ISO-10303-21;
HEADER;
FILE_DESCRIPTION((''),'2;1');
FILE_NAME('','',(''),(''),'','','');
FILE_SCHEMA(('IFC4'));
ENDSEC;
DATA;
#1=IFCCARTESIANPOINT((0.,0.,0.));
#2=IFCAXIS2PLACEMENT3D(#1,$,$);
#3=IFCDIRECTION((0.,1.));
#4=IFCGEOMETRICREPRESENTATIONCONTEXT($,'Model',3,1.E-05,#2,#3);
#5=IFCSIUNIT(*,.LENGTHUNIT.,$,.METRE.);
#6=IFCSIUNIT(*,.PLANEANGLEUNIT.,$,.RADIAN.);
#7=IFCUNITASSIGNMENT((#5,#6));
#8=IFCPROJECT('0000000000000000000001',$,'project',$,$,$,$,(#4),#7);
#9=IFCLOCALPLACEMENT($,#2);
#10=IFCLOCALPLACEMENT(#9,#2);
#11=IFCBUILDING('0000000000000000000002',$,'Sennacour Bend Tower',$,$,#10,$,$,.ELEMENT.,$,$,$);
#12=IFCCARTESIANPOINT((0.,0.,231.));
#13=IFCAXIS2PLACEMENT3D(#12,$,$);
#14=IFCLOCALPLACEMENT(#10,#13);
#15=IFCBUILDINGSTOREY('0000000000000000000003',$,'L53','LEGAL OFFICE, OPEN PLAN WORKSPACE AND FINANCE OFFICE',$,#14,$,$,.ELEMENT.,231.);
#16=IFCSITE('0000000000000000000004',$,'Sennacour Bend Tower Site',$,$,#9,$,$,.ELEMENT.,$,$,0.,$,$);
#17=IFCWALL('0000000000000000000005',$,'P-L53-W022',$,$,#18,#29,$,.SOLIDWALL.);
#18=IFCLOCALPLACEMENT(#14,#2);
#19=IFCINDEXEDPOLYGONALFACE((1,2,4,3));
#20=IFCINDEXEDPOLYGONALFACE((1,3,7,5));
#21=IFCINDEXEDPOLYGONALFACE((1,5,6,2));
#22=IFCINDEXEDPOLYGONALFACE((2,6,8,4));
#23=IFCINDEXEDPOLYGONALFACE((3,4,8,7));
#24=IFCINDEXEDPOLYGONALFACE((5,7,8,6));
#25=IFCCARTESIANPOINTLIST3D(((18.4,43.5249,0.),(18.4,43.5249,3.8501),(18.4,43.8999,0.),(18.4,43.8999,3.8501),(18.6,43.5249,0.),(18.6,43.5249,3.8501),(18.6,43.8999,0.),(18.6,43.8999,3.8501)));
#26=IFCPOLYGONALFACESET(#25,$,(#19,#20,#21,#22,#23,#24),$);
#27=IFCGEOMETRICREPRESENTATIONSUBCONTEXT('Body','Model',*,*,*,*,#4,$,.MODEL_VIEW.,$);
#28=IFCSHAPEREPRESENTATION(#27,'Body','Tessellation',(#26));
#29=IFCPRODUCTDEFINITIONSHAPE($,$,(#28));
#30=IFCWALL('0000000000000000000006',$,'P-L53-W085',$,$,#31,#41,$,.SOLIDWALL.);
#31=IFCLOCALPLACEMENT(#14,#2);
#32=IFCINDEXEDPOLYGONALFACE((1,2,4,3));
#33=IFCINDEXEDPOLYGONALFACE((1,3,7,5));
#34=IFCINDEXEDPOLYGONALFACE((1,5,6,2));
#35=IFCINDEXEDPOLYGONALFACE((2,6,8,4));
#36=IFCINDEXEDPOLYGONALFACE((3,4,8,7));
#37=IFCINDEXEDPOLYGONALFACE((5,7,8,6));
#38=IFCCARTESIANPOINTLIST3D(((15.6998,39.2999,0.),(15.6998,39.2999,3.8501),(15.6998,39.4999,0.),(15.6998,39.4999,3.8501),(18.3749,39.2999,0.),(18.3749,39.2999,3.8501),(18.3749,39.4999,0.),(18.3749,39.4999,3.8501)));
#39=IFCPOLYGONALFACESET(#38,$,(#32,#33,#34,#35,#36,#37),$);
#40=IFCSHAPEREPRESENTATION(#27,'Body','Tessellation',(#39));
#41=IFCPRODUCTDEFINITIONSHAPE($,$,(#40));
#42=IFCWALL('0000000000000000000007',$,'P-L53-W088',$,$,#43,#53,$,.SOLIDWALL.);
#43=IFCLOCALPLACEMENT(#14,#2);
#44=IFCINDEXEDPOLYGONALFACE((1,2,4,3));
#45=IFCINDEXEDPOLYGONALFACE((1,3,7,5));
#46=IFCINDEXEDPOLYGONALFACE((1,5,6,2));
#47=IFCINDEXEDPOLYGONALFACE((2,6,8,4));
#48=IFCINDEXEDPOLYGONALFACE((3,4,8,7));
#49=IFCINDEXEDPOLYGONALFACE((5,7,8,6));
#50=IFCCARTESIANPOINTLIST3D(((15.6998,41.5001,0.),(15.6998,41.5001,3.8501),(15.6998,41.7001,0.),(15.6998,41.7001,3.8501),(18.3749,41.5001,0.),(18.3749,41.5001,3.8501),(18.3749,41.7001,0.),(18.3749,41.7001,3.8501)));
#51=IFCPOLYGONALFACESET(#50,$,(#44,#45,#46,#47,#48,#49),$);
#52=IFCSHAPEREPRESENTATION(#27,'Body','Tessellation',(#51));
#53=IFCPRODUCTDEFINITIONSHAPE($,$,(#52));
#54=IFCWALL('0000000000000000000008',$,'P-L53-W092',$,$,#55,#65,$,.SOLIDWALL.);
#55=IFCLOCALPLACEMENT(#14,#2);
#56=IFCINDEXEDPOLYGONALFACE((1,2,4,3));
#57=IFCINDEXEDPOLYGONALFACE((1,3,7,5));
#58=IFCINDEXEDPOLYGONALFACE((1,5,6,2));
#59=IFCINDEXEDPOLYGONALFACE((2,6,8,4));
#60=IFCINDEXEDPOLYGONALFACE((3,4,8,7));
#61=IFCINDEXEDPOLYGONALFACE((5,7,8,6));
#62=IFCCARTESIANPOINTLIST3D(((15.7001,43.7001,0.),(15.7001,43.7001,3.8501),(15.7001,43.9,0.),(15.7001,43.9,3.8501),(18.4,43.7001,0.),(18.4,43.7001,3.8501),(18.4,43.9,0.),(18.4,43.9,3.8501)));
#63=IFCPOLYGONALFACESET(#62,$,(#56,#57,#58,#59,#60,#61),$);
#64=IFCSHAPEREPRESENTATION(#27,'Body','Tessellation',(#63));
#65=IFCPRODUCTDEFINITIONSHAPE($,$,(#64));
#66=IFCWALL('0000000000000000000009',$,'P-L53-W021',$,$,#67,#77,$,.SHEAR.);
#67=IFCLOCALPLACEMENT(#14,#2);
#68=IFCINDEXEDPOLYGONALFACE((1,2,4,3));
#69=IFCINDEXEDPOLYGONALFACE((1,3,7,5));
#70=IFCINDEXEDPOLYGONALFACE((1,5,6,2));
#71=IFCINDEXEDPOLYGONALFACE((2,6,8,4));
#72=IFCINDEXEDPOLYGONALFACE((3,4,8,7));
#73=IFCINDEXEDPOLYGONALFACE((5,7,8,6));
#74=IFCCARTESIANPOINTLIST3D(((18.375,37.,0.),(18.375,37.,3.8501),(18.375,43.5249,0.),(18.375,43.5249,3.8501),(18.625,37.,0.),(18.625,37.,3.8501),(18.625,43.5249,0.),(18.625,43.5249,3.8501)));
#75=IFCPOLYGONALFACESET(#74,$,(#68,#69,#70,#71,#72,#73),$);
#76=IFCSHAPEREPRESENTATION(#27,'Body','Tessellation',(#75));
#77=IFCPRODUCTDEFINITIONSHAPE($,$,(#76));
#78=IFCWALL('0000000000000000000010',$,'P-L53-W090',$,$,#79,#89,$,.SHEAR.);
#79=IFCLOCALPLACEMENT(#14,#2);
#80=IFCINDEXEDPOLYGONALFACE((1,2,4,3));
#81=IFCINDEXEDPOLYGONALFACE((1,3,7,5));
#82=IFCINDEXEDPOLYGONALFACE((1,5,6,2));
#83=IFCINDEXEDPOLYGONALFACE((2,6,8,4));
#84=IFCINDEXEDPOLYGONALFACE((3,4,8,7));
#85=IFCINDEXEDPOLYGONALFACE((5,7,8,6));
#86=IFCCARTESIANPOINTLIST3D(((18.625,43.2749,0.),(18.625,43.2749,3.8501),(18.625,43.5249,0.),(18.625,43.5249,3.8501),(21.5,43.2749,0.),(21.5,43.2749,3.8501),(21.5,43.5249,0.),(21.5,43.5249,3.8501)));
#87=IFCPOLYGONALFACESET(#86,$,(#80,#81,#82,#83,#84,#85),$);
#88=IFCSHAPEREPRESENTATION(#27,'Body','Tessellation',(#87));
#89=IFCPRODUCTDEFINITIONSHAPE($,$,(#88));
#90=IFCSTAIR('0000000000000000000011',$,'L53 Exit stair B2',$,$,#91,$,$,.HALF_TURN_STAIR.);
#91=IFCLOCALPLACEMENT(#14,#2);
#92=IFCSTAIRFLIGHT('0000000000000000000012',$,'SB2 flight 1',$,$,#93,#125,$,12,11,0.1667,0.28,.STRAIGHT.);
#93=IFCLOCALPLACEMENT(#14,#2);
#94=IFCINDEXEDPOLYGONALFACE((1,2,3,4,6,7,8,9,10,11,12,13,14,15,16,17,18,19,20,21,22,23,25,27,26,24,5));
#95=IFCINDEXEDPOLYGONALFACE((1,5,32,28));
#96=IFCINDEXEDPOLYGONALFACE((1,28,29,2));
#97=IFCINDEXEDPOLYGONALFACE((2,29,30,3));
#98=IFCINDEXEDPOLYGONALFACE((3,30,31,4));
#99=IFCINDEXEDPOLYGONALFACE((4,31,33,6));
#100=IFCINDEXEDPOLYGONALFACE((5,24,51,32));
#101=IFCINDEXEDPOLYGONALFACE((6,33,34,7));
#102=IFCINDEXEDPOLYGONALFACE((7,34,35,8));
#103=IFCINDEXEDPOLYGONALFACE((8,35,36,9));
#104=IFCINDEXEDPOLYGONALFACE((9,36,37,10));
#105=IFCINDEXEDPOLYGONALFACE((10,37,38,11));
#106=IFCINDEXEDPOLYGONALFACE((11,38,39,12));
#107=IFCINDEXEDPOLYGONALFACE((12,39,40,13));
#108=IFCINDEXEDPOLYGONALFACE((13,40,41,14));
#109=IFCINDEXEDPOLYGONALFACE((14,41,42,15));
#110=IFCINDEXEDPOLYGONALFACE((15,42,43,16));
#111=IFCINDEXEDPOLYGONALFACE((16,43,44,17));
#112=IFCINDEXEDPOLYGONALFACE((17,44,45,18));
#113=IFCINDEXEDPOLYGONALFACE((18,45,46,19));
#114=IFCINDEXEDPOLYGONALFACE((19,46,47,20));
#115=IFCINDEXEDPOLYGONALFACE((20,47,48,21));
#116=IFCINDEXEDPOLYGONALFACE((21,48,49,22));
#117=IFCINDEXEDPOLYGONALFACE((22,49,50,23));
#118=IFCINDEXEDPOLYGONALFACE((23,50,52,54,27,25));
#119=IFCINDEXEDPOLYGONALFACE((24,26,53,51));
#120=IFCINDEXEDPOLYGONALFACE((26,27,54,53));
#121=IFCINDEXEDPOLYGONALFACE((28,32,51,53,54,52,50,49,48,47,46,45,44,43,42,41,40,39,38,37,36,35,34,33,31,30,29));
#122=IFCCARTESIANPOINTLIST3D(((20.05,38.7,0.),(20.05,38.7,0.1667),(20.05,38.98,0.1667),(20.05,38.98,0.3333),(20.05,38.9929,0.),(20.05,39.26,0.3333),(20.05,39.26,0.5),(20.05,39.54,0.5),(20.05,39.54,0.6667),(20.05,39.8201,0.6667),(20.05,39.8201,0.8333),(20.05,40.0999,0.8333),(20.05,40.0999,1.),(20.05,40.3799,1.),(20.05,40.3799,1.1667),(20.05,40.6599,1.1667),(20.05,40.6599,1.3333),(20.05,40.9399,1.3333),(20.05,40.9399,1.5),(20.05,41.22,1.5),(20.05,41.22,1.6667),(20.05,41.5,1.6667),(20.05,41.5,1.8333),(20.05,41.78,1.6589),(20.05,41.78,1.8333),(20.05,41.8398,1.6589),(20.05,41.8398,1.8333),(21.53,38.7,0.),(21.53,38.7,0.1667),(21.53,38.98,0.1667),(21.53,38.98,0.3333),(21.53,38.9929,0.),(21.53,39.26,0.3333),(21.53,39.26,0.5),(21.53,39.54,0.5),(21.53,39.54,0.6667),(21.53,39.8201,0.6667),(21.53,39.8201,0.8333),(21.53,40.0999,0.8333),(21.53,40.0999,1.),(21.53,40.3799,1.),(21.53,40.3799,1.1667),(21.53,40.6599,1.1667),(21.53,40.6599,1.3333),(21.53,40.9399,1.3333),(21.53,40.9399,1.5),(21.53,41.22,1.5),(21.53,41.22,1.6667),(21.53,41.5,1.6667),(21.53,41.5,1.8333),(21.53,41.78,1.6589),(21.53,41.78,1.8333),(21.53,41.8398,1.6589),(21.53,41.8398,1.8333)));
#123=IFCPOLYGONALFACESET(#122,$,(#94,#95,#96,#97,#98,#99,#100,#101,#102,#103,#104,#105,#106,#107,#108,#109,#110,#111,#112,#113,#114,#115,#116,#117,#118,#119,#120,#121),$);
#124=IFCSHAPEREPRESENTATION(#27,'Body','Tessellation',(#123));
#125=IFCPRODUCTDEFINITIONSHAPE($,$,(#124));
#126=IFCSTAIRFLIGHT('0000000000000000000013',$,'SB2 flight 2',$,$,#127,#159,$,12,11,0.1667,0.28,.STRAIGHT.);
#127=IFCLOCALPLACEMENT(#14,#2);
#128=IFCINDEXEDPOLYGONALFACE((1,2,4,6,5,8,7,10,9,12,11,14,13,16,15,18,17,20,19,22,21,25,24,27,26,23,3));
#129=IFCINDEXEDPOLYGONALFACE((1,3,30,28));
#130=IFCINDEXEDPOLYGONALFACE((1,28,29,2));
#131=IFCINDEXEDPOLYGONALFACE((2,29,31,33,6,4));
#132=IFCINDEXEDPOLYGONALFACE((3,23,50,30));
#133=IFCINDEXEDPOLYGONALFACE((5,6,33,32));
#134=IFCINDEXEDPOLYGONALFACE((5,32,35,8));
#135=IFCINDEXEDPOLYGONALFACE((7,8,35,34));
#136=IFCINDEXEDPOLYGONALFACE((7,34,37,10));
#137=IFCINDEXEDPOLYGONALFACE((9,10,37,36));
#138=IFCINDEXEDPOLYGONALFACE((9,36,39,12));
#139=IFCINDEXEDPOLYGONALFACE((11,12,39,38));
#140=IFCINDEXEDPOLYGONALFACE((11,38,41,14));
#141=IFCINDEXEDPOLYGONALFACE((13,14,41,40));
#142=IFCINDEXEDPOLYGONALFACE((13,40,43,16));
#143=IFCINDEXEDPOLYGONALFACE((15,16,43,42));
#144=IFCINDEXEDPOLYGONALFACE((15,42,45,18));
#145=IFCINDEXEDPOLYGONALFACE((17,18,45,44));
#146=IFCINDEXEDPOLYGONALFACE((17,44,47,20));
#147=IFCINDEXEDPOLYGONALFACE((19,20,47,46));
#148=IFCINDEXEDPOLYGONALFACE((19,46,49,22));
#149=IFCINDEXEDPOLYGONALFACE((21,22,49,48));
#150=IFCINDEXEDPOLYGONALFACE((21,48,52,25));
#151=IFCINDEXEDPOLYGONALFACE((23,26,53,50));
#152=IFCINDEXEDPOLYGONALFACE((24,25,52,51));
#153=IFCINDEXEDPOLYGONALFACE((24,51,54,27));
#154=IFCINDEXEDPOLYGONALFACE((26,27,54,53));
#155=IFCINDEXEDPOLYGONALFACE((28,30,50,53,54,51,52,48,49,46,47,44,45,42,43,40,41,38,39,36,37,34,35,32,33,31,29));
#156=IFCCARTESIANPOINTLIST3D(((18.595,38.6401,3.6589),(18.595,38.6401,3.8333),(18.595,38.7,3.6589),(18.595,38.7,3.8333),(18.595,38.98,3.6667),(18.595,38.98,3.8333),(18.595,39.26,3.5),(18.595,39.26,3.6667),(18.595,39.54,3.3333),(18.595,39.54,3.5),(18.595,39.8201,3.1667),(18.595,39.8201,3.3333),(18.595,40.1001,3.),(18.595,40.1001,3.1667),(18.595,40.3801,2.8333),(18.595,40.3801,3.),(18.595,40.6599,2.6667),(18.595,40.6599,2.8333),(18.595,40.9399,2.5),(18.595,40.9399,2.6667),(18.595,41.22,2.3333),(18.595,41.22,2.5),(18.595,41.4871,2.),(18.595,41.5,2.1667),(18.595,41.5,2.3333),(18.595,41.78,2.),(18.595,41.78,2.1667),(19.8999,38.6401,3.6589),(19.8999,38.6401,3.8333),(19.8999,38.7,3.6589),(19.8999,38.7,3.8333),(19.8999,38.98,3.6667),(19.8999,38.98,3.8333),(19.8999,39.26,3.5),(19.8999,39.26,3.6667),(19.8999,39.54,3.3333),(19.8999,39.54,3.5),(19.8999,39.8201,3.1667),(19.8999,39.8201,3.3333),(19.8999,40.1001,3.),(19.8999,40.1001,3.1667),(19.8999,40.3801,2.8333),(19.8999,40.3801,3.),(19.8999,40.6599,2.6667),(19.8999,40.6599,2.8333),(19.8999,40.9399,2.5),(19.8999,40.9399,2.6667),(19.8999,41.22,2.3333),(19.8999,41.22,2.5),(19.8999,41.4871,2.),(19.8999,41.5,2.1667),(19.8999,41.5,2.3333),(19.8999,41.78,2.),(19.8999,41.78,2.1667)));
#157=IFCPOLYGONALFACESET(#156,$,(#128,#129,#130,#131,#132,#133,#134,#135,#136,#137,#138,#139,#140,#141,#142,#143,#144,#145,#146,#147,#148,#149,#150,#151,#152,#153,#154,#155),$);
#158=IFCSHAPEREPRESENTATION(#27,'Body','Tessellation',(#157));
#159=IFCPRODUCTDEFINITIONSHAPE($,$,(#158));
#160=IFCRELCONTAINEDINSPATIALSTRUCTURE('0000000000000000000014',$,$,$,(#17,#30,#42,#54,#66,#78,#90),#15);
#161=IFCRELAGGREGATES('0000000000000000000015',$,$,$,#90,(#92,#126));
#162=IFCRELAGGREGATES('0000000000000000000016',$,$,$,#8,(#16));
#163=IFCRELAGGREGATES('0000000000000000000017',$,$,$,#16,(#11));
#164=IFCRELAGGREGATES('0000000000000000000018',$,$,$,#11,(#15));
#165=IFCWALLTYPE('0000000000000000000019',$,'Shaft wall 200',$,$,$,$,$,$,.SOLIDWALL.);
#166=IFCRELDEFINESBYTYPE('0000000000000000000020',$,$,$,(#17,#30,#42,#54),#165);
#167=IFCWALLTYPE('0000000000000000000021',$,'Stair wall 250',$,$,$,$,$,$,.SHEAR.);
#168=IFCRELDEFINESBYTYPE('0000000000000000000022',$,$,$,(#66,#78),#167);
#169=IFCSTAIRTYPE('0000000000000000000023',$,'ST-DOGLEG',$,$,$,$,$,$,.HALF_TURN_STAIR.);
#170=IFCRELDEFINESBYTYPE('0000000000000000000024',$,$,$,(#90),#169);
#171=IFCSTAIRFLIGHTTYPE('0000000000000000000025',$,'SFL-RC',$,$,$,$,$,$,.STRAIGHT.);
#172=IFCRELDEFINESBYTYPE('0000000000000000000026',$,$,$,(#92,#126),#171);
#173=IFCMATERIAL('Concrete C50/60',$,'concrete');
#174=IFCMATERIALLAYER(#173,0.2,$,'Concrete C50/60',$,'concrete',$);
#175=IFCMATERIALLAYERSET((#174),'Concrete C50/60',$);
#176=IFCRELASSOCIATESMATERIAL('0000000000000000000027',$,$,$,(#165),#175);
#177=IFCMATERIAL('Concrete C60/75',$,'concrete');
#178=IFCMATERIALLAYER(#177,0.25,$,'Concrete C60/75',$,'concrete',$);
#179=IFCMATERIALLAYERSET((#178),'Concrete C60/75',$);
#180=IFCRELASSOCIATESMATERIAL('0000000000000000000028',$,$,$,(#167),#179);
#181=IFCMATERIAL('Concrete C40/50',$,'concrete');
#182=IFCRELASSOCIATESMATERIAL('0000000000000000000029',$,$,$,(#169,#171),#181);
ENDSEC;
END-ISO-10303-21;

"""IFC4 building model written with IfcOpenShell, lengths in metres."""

from ifc_helpers import new_model, si_unit, direction, frame, frame_2d, origin, place, context, subcontext, project, spatial, polyline, rectangle, outline, extrude, material, layer, layer_set, type_object, element, aggregate, save


model = new_model("IFC4")

# Units and contexts
model_context = context("Model", 3, precision=1e-05, world=origin(), true_north=direction((0.0, 1.0)))
body_context = subcontext(model_context, "Body", "Model", "MODEL_VIEW")
ifc_project = project(units=[si_unit("LENGTHUNIT", "METRE"), si_unit("PLANEANGLEUNIT", "RADIAN")], contexts=[model_context])

# Site, building, storey
site_placement = place(None, origin())
site = spatial("IfcSite", under=ifc_project, at=site_placement, Name="Sennacour Bend Tower Site", CompositionType="ELEMENT", RefElevation=0.0)
building_placement = place(site_placement, origin())
building = spatial("IfcBuilding", under=site, at=building_placement, Name="Sennacour Bend Tower", CompositionType="ELEMENT")
storey_placement = place(building_placement, frame((0.0, 0.0, 231.0)))
storey = spatial("IfcBuildingStorey", under=building, at=storey_placement, Name="L53", Description="LEGAL OFFICE, OPEN PLAN WORKSPACE AND FINANCE OFFICE", CompositionType="ELEMENT", Elevation=231.0)

# Shared definitions
ifc_material_1 = material(Name="Concrete C60/75", Category="concrete")

# Walls
ifc_material_2 = material(Name="Concrete C50/60", Category="concrete")
ifc_layer_1 = layer(ifc_material_2, 0.2, Name="Concrete C50/60", Category="concrete")
ifc_layer_set_1 = layer_set([ifc_layer_1], Name="Concrete C50/60")
wall_type_1 = type_object("IfcWallType", Name="Shaft wall 200", PredefinedType="SOLIDWALL", material=ifc_layer_set_1)
wall_1_placement = place(storey_placement, frame((18.5, 43.5249, 0.0), z_axis=(0.0, 0.0, 1.0), x_axis=(0.0, 1.0, 0.0)))
element("IfcWall", 1, at=wall_1_placement, inside=storey, type_object=wall_type_1, Name="P-L53-W022", PredefinedType="SOLIDWALL", context=body_context, shape_type="SweptSolid", body=[
    extrude(rectangle(XDim=0.375, YDim=0.2, at=frame_2d((0.1875, 0.0))), origin(), (0.0, 0.0, 1.0), 3.8501),
])
for number, where, z_axis, x_axis, name in (
    (2, (15.7, 39.3999, 0.0), (0.0, 0.0, 1.0), (1.0, 0.0, 0.0), "P-L53-W085"),
    (3, (15.7, 41.6001, 0.0), (0.0, 0.0, 1.0), (1.0, 0.0, 0.0), "P-L53-W088"),
):
    element("IfcWall", number, at=place(storey_placement, frame(where, z_axis=z_axis, x_axis=x_axis)), inside=storey, type_object=wall_type_1, Name=name, PredefinedType="SOLIDWALL", context=body_context, shape_type="SweptSolid", body=[
        extrude(rectangle(XDim=2.675, YDim=0.2, at=frame_2d((1.3374, 0.0))), origin(), (0.0, 0.0, 1.0), 3.8501),
    ])
wall_2_placement = place(storey_placement, frame((15.7, 43.8, 0.0), z_axis=(0.0, 0.0, 1.0), x_axis=(1.0, 0.0, 0.0)))
element("IfcWall", 4, at=wall_2_placement, inside=storey, type_object=wall_type_1, Name="P-L53-W092", PredefinedType="SOLIDWALL", context=body_context, shape_type="SweptSolid", body=[
    extrude(rectangle(XDim=2.7, YDim=0.2, at=frame_2d((1.3501, 0.0))), origin(), (0.0, 0.0, 1.0), 3.8501),
])
ifc_layer_2 = layer(ifc_material_1, 0.25, Name="Concrete C60/75", Category="concrete")
ifc_layer_set_2 = layer_set([ifc_layer_2], Name="Concrete C60/75")
wall_type_2 = type_object("IfcWallType", Name="Stair wall 250", PredefinedType="SHEAR", material=ifc_layer_set_2)
wall_3_placement = place(storey_placement, frame((18.5, 37.0, 0.0), z_axis=(0.0, 0.0, 1.0), x_axis=(0.0, 1.0, 0.0)))
element("IfcWall", 5, at=wall_3_placement, inside=storey, type_object=wall_type_2, Name="P-L53-W021", PredefinedType="SHEAR", context=body_context, shape_type="SweptSolid", body=[
    extrude(rectangle(XDim=6.5249, YDim=0.25, at=frame_2d((3.2625, 0.0))), origin(), (0.0, 0.0, 1.0), 3.8501),
])
wall_4_placement = place(storey_placement, frame((18.625, 43.3999, 0.0), z_axis=(0.0, 0.0, 1.0), x_axis=(1.0, 0.0, 0.0)))
element("IfcWall", 6, at=wall_4_placement, inside=storey, type_object=wall_type_2, Name="P-L53-W090", PredefinedType="SHEAR", context=body_context, shape_type="SweptSolid", body=[
    extrude(rectangle(XDim=2.875, YDim=0.25, at=frame_2d((1.4375, 0.0))), origin(), (0.0, 0.0, 1.0), 3.8501),
])

# Stair, stair flights
ifc_material_3 = material(Name="Concrete C40/50", Category="concrete")
stair_type = type_object("IfcStairType", Name="ST-DOGLEG", PredefinedType="HALF_TURN_STAIR", material=ifc_material_3)
stair_placement = place(storey_placement, origin())
stair = element("IfcStair", 7, at=stair_placement, inside=storey, type_object=stair_type, Name="L53 Exit stair B2", PredefinedType="HALF_TURN_STAIR")
stair_flight_type = type_object("IfcStairFlightType", Name="SFL-RC", PredefinedType="STRAIGHT", material=ifc_material_3)
stair_flight_1_placement = place(storey_placement, frame((20.79, 38.7, 0.0), z_axis=(0.0, 0.0, 1.0), x_axis=(0.0, 1.0, 0.0)))
stair_flight_1 = element("IfcStairFlight", 8, at=stair_flight_1_placement, type_object=stair_flight_type, Name="SB2 flight 1", NumberOfRisers=12, NumberOfTreads=11, PredefinedType="STRAIGHT", RiserHeight=0.1667, TreadLength=0.28, context=body_context, shape_type="SweptSolid", body=[
    extrude(outline(polyline([(0.0, 0.0), (0.0, 0.1667), (0.28, 0.1667), (0.28, 0.3333), (0.5601, 0.3333), (0.5601, 0.5), (0.8401, 0.5), (0.8401, 0.6667), (1.1201, 0.6667), (1.1201, 0.8333), (1.3999, 0.8333), (1.3999, 1.0), (1.6799, 1.0), (1.6799, 1.1667), (1.96, 1.1667), (1.96, 1.3333), (2.24, 1.3333), (2.24, 1.5), (2.52, 1.5), (2.52, 1.6667), (2.8, 1.6667), (2.8, 1.8333), (3.0801, 1.8333), (3.1399, 1.8333), (3.1399, 1.6589), (3.0801, 1.6589), (0.293, 0.0), (0.0, 0.0)])), frame((0.0, 0.74, 0.0), z_axis=(0.0, -1.0, 0.0), x_axis=(1.0, 0.0, 0.0)), (0.0, 0.0, 1.0), 1.48),
])
stair_flight_2_placement = place(storey_placement, frame((19.2476, 41.78, 2.0), z_axis=(0.0, 0.0, 1.0), x_axis=(0.0, -1.0, 0.0)))
stair_flight_2 = element("IfcStairFlight", 9, at=stair_flight_2_placement, type_object=stair_flight_type, Name="SB2 flight 2", NumberOfRisers=12, NumberOfTreads=11, PredefinedType="STRAIGHT", RiserHeight=0.1667, TreadLength=0.28, context=body_context, shape_type="SweptSolid", body=[
    extrude(outline(polyline([(0.0, 0.0), (0.0, 0.1667), (0.28, 0.1667), (0.28, 0.3333), (0.5601, 0.3333), (0.5601, 0.5), (0.8401, 0.5), (0.8401, 0.6667), (1.1201, 0.6667), (1.1201, 0.8333), (1.3999, 0.8333), (1.3999, 1.0), (1.6799, 1.0), (1.6799, 1.1667), (1.96, 1.1667), (1.96, 1.3333), (2.24, 1.3333), (2.24, 1.5), (2.52, 1.5), (2.52, 1.6667), (2.8, 1.6667), (2.8, 1.8333), (3.0801, 1.8333), (3.1399, 1.8333), (3.1399, 1.6589), (3.0801, 1.6589), (0.293, 0.0), (0.0, 0.0)])), frame((0.0, 0.6523, 0.0), z_axis=(0.0, -1.0, 0.0), x_axis=(1.0, 0.0, 0.0)), (0.0, 0.0, 1.0), 1.3049),
])
aggregate(stair, [stair_flight_1, stair_flight_2])

save(model, "model.ifc")
